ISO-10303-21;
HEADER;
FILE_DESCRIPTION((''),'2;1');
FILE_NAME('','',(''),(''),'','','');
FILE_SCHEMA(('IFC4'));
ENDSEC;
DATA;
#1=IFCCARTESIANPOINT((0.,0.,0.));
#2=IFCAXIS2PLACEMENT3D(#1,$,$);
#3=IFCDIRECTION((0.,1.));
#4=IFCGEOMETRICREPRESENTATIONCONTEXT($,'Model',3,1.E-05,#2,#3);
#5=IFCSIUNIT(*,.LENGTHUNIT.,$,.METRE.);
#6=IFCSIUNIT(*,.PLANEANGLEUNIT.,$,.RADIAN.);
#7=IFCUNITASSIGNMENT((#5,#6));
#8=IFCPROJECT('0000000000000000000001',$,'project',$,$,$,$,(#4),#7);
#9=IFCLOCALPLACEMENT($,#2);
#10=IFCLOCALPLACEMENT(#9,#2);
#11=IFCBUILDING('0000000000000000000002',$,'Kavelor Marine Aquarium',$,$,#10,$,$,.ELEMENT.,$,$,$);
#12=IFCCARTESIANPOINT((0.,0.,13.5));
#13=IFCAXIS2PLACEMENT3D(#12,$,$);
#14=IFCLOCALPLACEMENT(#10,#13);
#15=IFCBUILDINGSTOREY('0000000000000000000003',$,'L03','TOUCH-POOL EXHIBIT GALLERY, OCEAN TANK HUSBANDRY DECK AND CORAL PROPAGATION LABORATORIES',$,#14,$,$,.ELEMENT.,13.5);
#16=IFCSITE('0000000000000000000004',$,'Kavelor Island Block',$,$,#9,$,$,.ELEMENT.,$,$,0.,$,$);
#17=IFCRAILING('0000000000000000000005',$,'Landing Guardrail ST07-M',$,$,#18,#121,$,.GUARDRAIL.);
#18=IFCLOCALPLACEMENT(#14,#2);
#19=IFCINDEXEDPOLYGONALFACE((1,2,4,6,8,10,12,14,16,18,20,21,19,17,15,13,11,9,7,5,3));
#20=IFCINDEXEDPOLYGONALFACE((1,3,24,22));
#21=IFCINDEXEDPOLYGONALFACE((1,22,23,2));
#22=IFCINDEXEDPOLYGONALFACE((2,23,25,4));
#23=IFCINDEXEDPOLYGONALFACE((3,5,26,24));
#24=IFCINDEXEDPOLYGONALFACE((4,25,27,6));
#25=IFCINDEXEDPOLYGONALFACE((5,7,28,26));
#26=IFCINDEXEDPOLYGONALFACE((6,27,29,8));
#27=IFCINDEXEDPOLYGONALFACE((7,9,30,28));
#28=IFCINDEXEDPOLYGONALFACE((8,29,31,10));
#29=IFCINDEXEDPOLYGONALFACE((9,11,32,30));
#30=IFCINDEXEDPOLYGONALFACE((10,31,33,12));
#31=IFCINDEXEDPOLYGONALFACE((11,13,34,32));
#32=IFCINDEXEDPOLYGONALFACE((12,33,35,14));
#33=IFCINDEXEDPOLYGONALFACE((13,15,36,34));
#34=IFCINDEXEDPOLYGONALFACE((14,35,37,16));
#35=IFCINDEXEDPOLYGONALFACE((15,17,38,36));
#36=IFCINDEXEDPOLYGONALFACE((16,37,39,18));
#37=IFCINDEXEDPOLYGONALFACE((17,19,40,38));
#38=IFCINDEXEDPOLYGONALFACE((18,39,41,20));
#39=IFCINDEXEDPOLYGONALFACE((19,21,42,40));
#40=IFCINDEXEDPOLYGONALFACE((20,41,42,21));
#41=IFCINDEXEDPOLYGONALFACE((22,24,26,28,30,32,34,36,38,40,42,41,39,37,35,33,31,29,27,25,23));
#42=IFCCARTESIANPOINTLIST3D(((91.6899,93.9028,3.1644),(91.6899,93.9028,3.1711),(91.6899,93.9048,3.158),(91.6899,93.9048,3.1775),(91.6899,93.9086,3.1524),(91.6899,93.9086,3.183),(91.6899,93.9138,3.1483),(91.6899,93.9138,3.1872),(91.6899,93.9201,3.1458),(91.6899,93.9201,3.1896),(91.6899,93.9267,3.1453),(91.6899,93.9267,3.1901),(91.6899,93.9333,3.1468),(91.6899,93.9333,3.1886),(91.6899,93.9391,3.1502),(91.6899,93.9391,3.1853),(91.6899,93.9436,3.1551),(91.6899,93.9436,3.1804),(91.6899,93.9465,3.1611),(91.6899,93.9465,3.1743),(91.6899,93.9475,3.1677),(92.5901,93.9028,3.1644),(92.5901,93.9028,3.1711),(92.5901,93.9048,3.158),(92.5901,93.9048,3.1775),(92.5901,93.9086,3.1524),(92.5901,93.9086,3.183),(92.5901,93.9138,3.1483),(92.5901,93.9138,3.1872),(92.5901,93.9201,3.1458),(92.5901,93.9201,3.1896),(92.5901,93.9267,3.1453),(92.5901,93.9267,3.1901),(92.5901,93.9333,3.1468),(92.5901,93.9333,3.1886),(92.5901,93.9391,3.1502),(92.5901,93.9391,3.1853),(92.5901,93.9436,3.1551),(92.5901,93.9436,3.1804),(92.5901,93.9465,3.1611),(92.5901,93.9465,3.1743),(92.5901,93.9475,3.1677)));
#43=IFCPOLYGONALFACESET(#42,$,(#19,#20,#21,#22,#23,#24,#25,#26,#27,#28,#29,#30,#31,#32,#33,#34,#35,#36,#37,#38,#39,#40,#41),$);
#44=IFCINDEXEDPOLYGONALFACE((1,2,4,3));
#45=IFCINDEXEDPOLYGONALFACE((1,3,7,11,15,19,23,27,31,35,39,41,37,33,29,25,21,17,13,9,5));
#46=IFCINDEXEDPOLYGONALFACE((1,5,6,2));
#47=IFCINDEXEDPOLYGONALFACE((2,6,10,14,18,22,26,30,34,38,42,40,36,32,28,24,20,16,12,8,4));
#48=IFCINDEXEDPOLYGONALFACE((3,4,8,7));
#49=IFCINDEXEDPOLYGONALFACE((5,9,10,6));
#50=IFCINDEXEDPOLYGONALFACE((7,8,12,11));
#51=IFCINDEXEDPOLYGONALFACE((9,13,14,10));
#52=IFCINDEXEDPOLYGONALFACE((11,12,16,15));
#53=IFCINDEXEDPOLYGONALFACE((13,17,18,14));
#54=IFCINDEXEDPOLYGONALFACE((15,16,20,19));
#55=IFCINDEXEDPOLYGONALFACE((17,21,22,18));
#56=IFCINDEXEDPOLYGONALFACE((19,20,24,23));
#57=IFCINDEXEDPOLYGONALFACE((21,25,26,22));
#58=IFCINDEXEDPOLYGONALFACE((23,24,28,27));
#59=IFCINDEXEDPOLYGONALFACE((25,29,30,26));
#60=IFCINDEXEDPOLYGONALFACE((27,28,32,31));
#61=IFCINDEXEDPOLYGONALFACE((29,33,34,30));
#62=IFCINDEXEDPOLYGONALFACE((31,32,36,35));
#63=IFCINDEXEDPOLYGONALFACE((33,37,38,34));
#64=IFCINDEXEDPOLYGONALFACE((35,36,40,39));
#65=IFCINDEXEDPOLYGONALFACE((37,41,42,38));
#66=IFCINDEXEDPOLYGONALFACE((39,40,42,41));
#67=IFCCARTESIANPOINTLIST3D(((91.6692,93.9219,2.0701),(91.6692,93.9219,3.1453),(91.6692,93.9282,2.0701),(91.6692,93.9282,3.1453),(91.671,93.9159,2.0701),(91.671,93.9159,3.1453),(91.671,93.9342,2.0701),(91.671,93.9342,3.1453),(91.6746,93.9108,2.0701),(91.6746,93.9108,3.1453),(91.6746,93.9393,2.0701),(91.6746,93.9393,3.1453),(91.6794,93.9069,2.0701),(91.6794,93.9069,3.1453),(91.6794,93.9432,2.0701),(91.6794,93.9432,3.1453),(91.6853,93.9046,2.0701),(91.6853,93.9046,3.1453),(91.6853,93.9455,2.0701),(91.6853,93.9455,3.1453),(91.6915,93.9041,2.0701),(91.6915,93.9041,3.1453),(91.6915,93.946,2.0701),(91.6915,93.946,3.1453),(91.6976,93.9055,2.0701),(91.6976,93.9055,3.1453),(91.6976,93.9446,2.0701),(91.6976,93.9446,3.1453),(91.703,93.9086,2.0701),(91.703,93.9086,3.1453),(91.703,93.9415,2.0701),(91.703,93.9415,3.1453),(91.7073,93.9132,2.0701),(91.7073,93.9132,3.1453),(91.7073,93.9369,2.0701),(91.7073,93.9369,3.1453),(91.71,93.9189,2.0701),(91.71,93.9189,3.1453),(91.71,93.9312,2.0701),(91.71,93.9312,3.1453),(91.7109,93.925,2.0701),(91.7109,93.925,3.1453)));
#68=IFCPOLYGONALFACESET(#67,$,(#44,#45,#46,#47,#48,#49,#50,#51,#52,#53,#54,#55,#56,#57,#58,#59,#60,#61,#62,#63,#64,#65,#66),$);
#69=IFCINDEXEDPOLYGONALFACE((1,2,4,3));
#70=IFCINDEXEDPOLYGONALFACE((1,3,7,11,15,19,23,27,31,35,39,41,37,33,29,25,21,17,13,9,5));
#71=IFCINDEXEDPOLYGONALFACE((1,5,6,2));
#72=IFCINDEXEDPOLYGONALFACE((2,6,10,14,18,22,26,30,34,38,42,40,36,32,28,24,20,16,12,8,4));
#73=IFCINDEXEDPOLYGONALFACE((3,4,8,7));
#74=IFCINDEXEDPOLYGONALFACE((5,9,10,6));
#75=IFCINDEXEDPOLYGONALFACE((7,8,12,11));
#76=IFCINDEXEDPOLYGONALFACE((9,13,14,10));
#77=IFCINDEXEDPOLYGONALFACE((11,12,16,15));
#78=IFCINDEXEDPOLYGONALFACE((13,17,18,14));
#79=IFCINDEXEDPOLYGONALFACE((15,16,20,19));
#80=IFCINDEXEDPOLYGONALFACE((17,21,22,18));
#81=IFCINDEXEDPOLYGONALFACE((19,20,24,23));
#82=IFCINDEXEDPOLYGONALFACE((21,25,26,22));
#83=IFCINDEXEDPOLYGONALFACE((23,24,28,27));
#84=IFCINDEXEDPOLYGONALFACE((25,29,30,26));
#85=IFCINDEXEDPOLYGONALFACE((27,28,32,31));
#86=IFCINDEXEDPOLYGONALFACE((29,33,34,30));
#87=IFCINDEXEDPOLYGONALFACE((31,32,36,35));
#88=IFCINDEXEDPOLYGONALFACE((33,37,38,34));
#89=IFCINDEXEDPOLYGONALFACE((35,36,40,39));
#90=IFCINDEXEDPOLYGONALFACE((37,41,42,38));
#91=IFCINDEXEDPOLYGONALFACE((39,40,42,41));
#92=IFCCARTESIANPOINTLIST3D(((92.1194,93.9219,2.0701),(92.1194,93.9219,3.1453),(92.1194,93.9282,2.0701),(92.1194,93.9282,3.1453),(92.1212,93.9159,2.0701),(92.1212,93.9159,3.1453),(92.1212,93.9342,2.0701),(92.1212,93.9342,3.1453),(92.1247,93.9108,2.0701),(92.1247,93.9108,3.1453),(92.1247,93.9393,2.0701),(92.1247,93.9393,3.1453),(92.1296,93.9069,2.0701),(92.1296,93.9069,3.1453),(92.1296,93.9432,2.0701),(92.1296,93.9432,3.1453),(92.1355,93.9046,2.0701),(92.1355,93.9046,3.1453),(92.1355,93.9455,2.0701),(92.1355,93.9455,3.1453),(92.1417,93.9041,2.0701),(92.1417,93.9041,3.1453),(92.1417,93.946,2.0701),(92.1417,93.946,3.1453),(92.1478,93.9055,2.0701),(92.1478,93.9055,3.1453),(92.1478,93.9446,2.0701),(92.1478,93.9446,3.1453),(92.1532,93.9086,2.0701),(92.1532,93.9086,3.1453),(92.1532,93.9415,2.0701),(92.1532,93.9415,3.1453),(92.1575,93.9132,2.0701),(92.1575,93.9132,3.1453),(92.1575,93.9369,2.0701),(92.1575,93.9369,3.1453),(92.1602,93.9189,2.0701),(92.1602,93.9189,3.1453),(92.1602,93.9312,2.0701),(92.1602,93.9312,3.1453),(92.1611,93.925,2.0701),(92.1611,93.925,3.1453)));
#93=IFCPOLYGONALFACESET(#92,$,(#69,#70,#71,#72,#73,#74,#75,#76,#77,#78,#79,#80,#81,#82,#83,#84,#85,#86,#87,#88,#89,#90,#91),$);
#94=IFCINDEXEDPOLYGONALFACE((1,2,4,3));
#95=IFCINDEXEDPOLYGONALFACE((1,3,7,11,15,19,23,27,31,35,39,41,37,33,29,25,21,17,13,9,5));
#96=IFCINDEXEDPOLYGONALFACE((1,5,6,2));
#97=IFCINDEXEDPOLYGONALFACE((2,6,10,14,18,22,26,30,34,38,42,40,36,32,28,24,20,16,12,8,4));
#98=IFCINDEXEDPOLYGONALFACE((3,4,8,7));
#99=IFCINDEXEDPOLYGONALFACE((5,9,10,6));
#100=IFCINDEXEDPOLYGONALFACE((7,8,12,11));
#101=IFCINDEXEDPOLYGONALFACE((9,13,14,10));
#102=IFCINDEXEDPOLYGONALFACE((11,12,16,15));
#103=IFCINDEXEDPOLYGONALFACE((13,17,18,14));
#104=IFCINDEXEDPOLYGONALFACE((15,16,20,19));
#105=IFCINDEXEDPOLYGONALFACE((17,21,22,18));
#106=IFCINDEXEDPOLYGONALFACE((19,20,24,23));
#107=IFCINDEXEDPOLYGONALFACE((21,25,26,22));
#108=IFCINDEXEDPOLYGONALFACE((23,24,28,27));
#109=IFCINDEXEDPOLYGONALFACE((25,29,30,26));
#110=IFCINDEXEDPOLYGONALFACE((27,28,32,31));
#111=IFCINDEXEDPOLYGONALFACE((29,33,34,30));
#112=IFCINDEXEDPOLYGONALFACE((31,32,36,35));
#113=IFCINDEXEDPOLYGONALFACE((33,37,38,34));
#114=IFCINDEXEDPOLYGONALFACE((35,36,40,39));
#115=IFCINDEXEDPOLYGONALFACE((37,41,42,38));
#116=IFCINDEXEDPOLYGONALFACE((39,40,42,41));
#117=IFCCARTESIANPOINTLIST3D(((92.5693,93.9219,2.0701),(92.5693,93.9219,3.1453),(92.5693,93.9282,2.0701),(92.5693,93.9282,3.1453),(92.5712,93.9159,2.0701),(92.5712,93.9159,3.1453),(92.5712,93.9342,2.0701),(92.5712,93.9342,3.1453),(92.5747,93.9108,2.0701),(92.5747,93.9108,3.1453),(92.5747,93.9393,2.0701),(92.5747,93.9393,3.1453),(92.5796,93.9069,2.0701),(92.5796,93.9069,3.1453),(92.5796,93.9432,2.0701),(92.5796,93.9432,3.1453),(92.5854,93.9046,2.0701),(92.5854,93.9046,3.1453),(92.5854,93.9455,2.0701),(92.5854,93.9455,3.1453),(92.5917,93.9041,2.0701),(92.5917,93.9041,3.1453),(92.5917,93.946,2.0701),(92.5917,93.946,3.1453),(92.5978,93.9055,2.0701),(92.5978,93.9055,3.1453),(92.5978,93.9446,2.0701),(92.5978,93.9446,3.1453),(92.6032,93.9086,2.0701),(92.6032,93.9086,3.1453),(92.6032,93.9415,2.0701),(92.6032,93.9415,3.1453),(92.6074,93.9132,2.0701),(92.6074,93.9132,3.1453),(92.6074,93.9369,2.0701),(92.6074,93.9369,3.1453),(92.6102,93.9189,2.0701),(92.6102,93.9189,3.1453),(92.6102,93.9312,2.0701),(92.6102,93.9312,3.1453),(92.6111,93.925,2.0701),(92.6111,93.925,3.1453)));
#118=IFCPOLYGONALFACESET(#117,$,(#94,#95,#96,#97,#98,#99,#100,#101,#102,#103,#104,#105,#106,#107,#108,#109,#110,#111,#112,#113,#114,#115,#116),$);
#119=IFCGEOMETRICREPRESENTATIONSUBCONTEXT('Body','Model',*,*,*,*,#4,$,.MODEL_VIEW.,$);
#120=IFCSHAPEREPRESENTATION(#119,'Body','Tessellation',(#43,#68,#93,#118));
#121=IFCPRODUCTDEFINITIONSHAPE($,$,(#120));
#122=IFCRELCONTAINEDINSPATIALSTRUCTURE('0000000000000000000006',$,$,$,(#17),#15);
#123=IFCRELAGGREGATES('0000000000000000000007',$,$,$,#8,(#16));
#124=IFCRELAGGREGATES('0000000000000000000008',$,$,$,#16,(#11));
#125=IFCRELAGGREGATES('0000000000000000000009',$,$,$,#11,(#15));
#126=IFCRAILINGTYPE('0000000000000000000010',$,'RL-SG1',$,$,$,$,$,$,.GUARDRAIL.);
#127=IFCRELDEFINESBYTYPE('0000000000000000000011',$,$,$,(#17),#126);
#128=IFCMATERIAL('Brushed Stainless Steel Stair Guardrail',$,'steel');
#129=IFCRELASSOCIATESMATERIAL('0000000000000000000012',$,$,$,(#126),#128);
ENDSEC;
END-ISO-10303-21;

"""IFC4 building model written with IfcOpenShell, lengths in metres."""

from ifc_helpers import new_model, si_unit, direction, frame, origin, origin_2d, place, context, subcontext, project, spatial, circle, extrude, material, type_object, element, save


model = new_model("IFC4")

# Units and contexts
model_context = context("Model", 3, precision=1e-05, world=origin(), true_north=direction((0.0, 1.0)))
body_context = subcontext(model_context, "Body", "Model", "MODEL_VIEW")
ifc_project = project(units=[si_unit("LENGTHUNIT", "METRE"), si_unit("PLANEANGLEUNIT", "RADIAN")], contexts=[model_context])

# Site, building, storey
site_placement = place(None, origin())
site = spatial("IfcSite", under=ifc_project, at=site_placement, Name="Kavelor Island Block", CompositionType="ELEMENT", RefElevation=0.0)
building_placement = place(site_placement, origin())
building = spatial("IfcBuilding", under=site, at=building_placement, Name="Kavelor Marine Aquarium", CompositionType="ELEMENT")
storey_placement = place(building_placement, frame((0.0, 0.0, 13.5)))
storey = spatial("IfcBuildingStorey", under=building, at=storey_placement, Name="L03", Description="TOUCH-POOL EXHIBIT GALLERY, OCEAN TANK HUSBANDRY DECK AND CORAL PROPAGATION LABORATORIES", CompositionType="ELEMENT", Elevation=13.5)

# Railing
ifc_material_1 = material(Name="Brushed Stainless Steel Stair Guardrail", Category="steel")
railing_type_1 = type_object("IfcRailingType", Name="RL-SG1", PredefinedType="GUARDRAIL", material=ifc_material_1)
railing_1_placement = place(storey_placement, frame((91.6899, 93.925, 2.0701)))
element("IfcRailing", 1, at=railing_1_placement, inside=storey, type_object=railing_type_1, Name="Landing Guardrail ST07-M", PredefinedType="GUARDRAIL", context=body_context, shape_type="SweptSolid", body=[
    extrude(circle(Radius=0.0225, at=origin_2d()), frame((0.0, 0.0, 1.0977), z_axis=(1.0, 0.0, 0.0), x_axis=(0.0, 1.0, 0.0)), (0.0, 0.0, 1.0), 0.9001),
    extrude(circle(Radius=0.021, at=origin_2d()), origin(), (0.0, 0.0, 1.0), 1.0752),
    extrude(circle(Radius=0.021, at=origin_2d()), frame((0.4502, 0.0, 0.0)), (0.0, 0.0, 1.0), 1.0752),
    extrude(circle(Radius=0.021, at=origin_2d()), frame((0.9001, 0.0, 0.0)), (0.0, 0.0, 1.0), 1.0752),
])

save(model, "model.ifc")
